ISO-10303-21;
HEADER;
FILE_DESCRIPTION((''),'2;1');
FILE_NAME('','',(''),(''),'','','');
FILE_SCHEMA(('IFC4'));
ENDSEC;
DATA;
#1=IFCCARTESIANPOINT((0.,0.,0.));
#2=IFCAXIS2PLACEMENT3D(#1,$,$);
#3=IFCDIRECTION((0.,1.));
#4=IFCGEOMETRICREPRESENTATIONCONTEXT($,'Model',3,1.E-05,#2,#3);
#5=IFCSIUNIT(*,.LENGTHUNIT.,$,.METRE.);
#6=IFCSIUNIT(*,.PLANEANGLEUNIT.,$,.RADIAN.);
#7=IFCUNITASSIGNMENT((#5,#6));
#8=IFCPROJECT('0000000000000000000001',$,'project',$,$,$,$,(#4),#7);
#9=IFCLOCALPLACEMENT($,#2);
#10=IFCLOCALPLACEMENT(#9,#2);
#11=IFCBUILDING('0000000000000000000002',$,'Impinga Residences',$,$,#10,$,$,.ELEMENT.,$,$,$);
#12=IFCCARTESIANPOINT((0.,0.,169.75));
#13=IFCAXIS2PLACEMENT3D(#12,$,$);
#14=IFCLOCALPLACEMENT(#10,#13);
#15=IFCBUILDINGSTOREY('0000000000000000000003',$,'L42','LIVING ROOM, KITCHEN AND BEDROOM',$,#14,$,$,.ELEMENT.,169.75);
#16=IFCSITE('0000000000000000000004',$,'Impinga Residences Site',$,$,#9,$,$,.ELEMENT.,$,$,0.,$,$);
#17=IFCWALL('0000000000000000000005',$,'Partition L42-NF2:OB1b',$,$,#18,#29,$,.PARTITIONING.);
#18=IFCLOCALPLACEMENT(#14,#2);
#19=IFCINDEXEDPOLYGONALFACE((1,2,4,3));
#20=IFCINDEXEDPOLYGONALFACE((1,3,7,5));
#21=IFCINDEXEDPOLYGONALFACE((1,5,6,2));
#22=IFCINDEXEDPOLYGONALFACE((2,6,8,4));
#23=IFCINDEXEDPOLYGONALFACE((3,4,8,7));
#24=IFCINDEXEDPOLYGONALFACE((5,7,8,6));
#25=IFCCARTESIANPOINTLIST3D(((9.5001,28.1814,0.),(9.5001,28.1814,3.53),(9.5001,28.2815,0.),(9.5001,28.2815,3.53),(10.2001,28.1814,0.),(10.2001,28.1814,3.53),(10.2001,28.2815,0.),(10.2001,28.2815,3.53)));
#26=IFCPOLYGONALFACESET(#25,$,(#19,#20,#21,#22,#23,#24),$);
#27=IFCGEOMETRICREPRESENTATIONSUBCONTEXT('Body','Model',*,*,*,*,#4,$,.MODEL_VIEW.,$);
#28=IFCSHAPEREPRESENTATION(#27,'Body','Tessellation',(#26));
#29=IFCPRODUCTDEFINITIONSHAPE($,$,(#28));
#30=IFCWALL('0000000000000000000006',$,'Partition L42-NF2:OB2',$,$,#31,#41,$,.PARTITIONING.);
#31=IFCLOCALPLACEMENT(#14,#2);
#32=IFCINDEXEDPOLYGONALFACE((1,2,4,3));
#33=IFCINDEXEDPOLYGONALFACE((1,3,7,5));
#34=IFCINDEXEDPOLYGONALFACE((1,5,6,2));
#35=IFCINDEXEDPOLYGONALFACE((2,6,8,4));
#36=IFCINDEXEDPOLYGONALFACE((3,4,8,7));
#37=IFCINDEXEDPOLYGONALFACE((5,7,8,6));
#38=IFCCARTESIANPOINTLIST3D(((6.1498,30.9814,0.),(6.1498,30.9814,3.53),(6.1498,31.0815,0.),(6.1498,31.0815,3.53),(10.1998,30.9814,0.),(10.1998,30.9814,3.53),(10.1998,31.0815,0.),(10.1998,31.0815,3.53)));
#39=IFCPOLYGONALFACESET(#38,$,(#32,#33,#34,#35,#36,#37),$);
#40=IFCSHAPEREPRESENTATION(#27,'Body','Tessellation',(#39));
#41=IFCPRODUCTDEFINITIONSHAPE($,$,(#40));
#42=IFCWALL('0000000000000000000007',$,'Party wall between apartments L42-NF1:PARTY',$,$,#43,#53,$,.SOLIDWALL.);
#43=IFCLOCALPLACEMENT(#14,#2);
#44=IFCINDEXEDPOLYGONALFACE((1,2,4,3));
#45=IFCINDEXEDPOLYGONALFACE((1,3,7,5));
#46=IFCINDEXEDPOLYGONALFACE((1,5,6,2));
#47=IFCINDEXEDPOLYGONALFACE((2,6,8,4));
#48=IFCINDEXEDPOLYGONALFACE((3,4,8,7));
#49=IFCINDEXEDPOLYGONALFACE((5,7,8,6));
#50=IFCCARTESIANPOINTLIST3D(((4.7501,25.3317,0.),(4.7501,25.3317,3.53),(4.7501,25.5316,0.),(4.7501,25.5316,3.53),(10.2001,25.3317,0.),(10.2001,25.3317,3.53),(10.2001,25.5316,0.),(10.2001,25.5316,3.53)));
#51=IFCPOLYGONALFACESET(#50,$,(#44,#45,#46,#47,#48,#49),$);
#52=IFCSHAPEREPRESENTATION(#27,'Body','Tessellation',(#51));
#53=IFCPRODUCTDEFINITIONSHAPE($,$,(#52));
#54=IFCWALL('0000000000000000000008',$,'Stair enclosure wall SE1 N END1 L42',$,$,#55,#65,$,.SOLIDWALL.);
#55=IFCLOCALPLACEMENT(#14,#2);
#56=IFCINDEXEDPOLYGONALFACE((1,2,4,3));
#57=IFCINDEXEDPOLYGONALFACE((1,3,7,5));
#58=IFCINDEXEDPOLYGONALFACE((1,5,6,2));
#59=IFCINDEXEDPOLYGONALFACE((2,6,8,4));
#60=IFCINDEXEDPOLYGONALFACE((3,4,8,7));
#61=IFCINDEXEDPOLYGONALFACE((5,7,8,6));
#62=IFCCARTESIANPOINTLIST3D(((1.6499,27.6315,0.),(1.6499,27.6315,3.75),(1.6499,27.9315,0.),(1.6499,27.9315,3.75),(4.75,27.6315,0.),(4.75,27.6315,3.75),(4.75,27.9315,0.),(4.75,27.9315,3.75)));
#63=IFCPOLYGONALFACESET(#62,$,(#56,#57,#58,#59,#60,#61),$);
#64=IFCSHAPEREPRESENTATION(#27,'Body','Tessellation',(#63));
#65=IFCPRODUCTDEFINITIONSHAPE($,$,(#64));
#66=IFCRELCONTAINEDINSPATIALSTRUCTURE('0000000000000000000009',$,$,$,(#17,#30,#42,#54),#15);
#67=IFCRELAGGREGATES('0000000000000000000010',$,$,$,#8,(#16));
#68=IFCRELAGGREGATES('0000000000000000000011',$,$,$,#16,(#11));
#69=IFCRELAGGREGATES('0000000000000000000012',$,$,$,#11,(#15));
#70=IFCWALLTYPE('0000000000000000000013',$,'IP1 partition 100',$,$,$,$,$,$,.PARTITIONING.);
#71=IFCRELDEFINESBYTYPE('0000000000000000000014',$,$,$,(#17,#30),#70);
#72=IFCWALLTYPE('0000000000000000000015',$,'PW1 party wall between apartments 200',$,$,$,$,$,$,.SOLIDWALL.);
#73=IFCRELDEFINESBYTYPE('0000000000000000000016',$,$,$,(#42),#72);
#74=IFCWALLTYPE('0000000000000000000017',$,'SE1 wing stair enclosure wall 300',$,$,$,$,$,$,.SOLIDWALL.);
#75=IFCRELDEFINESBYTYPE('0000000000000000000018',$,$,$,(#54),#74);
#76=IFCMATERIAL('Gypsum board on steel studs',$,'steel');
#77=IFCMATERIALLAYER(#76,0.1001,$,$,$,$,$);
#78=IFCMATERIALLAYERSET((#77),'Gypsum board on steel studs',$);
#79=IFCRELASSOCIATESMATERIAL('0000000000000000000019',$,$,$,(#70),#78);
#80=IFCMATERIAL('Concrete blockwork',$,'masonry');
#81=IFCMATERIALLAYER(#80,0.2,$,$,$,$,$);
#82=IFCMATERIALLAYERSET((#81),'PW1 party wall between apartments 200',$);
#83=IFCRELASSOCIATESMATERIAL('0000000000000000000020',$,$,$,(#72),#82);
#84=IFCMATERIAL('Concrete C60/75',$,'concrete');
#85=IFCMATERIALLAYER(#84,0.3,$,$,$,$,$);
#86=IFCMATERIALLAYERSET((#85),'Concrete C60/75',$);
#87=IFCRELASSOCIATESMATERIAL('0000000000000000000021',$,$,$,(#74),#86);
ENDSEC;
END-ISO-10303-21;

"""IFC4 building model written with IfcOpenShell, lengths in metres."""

from ifc_helpers import new_model, si_unit, direction, frame, frame_2d, origin, place, context, subcontext, project, spatial, rectangle, extrude, material, layer, layer_set, type_object, element, save


model = new_model("IFC4")

# Units and contexts
model_context = context("Model", 3, precision=1e-05, world=origin(), true_north=direction((0.0, 1.0)))
body_context = subcontext(model_context, "Body", "Model", "MODEL_VIEW")
ifc_project = project(units=[si_unit("LENGTHUNIT", "METRE"), si_unit("PLANEANGLEUNIT", "RADIAN")], contexts=[model_context])

# Site, building, storey
site_placement = place(None, origin())
site = spatial("IfcSite", under=ifc_project, at=site_placement, Name="Impinga Residences Site", CompositionType="ELEMENT", RefElevation=0.0)
building_placement = place(site_placement, origin())
building = spatial("IfcBuilding", under=site, at=building_placement, Name="Impinga Residences", CompositionType="ELEMENT")
storey_placement = place(building_placement, frame((0.0, 0.0, 169.75)))
storey = spatial("IfcBuildingStorey", under=building, at=storey_placement, Name="L42", Description="LIVING ROOM, KITCHEN AND BEDROOM", CompositionType="ELEMENT", Elevation=169.75)

# Shared definitions
ifc_material_1 = material(Name="Concrete C60/75", Category="concrete")

# Shared definitions
ifc_material_2 = material(Name="Gypsum board on steel studs", Category="steel")
ifc_layer_1 = layer(ifc_material_2, 0.1001)
ifc_layer_set_1 = layer_set([ifc_layer_1], Name="Gypsum board on steel studs")
wall_type_1 = type_object("IfcWallType", Name="IP1 partition 100", PredefinedType="PARTITIONING", material=ifc_layer_set_1)

# Walls
wall_1_placement = place(storey_placement, frame((9.5, 28.2314, 0.0), z_axis=(0.0, 0.0, 1.0), x_axis=(1.0, 0.0, 0.0)))
element("IfcWall", 1, at=wall_1_placement, inside=storey, type_object=wall_type_1, Name="Partition L42-NF2:OB1b", PredefinedType="PARTITIONING", context=body_context, shape_type="SweptSolid", body=[
    extrude(rectangle(XDim=0.7, YDim=0.1001, at=frame_2d((0.3501, 0.0))), origin(), (0.0, 0.0, 1.0), 3.53),
])
wall_2_placement = place(storey_placement, frame((6.1499, 31.0315, 0.0), z_axis=(0.0, 0.0, 1.0), x_axis=(1.0, 0.0, 0.0)))
element("IfcWall", 2, at=wall_2_placement, inside=storey, type_object=wall_type_1, Name="Partition L42-NF2:OB2", PredefinedType="PARTITIONING", context=body_context, shape_type="SweptSolid", body=[
    extrude(rectangle(XDim=4.05, YDim=0.1001, at=frame_2d((2.0249, 0.0))), origin(), (0.0, 0.0, 1.0), 3.53),
])
ifc_material_3 = material(Name="Concrete blockwork", Category="masonry")
ifc_layer_2 = layer(ifc_material_3, 0.2)
ifc_layer_set_2 = layer_set([ifc_layer_2], Name="PW1 party wall between apartments 200")
wall_type_2 = type_object("IfcWallType", Name="PW1 party wall between apartments 200", PredefinedType="SOLIDWALL", material=ifc_layer_set_2)
wall_3_placement = place(storey_placement, frame((4.75, 25.4316, 0.0), z_axis=(0.0, 0.0, 1.0), x_axis=(1.0, 0.0, 0.0)))
element("IfcWall", 3, at=wall_3_placement, inside=storey, type_object=wall_type_2, Name="Party wall between apartments L42-NF1:PARTY", PredefinedType="SOLIDWALL", context=body_context, shape_type="SweptSolid", body=[
    extrude(rectangle(XDim=5.45, YDim=0.2, at=frame_2d((2.7251, 0.0))), origin(), (0.0, 0.0, 1.0), 3.53),
])
ifc_layer_3 = layer(ifc_material_1, 0.3)
ifc_layer_set_3 = layer_set([ifc_layer_3], Name="Concrete C60/75")
wall_type_3 = type_object("IfcWallType", Name="SE1 wing stair enclosure wall 300", PredefinedType="SOLIDWALL", material=ifc_layer_set_3)
wall_4_placement = place(storey_placement, frame((1.6499, 27.7815, 0.0), z_axis=(0.0, 0.0, 1.0), x_axis=(1.0, 0.0, 0.0)))
element("IfcWall", 4, at=wall_4_placement, inside=storey, type_object=wall_type_3, Name="Stair enclosure wall SE1 N END1 L42", PredefinedType="SOLIDWALL", context=body_context, shape_type="SweptSolid", body=[
    extrude(rectangle(XDim=3.1001, YDim=0.3, at=frame_2d((1.55, 0.0))), origin(), (0.0, 0.0, 1.0), 3.75),
])

save(model, "model.ifc")
